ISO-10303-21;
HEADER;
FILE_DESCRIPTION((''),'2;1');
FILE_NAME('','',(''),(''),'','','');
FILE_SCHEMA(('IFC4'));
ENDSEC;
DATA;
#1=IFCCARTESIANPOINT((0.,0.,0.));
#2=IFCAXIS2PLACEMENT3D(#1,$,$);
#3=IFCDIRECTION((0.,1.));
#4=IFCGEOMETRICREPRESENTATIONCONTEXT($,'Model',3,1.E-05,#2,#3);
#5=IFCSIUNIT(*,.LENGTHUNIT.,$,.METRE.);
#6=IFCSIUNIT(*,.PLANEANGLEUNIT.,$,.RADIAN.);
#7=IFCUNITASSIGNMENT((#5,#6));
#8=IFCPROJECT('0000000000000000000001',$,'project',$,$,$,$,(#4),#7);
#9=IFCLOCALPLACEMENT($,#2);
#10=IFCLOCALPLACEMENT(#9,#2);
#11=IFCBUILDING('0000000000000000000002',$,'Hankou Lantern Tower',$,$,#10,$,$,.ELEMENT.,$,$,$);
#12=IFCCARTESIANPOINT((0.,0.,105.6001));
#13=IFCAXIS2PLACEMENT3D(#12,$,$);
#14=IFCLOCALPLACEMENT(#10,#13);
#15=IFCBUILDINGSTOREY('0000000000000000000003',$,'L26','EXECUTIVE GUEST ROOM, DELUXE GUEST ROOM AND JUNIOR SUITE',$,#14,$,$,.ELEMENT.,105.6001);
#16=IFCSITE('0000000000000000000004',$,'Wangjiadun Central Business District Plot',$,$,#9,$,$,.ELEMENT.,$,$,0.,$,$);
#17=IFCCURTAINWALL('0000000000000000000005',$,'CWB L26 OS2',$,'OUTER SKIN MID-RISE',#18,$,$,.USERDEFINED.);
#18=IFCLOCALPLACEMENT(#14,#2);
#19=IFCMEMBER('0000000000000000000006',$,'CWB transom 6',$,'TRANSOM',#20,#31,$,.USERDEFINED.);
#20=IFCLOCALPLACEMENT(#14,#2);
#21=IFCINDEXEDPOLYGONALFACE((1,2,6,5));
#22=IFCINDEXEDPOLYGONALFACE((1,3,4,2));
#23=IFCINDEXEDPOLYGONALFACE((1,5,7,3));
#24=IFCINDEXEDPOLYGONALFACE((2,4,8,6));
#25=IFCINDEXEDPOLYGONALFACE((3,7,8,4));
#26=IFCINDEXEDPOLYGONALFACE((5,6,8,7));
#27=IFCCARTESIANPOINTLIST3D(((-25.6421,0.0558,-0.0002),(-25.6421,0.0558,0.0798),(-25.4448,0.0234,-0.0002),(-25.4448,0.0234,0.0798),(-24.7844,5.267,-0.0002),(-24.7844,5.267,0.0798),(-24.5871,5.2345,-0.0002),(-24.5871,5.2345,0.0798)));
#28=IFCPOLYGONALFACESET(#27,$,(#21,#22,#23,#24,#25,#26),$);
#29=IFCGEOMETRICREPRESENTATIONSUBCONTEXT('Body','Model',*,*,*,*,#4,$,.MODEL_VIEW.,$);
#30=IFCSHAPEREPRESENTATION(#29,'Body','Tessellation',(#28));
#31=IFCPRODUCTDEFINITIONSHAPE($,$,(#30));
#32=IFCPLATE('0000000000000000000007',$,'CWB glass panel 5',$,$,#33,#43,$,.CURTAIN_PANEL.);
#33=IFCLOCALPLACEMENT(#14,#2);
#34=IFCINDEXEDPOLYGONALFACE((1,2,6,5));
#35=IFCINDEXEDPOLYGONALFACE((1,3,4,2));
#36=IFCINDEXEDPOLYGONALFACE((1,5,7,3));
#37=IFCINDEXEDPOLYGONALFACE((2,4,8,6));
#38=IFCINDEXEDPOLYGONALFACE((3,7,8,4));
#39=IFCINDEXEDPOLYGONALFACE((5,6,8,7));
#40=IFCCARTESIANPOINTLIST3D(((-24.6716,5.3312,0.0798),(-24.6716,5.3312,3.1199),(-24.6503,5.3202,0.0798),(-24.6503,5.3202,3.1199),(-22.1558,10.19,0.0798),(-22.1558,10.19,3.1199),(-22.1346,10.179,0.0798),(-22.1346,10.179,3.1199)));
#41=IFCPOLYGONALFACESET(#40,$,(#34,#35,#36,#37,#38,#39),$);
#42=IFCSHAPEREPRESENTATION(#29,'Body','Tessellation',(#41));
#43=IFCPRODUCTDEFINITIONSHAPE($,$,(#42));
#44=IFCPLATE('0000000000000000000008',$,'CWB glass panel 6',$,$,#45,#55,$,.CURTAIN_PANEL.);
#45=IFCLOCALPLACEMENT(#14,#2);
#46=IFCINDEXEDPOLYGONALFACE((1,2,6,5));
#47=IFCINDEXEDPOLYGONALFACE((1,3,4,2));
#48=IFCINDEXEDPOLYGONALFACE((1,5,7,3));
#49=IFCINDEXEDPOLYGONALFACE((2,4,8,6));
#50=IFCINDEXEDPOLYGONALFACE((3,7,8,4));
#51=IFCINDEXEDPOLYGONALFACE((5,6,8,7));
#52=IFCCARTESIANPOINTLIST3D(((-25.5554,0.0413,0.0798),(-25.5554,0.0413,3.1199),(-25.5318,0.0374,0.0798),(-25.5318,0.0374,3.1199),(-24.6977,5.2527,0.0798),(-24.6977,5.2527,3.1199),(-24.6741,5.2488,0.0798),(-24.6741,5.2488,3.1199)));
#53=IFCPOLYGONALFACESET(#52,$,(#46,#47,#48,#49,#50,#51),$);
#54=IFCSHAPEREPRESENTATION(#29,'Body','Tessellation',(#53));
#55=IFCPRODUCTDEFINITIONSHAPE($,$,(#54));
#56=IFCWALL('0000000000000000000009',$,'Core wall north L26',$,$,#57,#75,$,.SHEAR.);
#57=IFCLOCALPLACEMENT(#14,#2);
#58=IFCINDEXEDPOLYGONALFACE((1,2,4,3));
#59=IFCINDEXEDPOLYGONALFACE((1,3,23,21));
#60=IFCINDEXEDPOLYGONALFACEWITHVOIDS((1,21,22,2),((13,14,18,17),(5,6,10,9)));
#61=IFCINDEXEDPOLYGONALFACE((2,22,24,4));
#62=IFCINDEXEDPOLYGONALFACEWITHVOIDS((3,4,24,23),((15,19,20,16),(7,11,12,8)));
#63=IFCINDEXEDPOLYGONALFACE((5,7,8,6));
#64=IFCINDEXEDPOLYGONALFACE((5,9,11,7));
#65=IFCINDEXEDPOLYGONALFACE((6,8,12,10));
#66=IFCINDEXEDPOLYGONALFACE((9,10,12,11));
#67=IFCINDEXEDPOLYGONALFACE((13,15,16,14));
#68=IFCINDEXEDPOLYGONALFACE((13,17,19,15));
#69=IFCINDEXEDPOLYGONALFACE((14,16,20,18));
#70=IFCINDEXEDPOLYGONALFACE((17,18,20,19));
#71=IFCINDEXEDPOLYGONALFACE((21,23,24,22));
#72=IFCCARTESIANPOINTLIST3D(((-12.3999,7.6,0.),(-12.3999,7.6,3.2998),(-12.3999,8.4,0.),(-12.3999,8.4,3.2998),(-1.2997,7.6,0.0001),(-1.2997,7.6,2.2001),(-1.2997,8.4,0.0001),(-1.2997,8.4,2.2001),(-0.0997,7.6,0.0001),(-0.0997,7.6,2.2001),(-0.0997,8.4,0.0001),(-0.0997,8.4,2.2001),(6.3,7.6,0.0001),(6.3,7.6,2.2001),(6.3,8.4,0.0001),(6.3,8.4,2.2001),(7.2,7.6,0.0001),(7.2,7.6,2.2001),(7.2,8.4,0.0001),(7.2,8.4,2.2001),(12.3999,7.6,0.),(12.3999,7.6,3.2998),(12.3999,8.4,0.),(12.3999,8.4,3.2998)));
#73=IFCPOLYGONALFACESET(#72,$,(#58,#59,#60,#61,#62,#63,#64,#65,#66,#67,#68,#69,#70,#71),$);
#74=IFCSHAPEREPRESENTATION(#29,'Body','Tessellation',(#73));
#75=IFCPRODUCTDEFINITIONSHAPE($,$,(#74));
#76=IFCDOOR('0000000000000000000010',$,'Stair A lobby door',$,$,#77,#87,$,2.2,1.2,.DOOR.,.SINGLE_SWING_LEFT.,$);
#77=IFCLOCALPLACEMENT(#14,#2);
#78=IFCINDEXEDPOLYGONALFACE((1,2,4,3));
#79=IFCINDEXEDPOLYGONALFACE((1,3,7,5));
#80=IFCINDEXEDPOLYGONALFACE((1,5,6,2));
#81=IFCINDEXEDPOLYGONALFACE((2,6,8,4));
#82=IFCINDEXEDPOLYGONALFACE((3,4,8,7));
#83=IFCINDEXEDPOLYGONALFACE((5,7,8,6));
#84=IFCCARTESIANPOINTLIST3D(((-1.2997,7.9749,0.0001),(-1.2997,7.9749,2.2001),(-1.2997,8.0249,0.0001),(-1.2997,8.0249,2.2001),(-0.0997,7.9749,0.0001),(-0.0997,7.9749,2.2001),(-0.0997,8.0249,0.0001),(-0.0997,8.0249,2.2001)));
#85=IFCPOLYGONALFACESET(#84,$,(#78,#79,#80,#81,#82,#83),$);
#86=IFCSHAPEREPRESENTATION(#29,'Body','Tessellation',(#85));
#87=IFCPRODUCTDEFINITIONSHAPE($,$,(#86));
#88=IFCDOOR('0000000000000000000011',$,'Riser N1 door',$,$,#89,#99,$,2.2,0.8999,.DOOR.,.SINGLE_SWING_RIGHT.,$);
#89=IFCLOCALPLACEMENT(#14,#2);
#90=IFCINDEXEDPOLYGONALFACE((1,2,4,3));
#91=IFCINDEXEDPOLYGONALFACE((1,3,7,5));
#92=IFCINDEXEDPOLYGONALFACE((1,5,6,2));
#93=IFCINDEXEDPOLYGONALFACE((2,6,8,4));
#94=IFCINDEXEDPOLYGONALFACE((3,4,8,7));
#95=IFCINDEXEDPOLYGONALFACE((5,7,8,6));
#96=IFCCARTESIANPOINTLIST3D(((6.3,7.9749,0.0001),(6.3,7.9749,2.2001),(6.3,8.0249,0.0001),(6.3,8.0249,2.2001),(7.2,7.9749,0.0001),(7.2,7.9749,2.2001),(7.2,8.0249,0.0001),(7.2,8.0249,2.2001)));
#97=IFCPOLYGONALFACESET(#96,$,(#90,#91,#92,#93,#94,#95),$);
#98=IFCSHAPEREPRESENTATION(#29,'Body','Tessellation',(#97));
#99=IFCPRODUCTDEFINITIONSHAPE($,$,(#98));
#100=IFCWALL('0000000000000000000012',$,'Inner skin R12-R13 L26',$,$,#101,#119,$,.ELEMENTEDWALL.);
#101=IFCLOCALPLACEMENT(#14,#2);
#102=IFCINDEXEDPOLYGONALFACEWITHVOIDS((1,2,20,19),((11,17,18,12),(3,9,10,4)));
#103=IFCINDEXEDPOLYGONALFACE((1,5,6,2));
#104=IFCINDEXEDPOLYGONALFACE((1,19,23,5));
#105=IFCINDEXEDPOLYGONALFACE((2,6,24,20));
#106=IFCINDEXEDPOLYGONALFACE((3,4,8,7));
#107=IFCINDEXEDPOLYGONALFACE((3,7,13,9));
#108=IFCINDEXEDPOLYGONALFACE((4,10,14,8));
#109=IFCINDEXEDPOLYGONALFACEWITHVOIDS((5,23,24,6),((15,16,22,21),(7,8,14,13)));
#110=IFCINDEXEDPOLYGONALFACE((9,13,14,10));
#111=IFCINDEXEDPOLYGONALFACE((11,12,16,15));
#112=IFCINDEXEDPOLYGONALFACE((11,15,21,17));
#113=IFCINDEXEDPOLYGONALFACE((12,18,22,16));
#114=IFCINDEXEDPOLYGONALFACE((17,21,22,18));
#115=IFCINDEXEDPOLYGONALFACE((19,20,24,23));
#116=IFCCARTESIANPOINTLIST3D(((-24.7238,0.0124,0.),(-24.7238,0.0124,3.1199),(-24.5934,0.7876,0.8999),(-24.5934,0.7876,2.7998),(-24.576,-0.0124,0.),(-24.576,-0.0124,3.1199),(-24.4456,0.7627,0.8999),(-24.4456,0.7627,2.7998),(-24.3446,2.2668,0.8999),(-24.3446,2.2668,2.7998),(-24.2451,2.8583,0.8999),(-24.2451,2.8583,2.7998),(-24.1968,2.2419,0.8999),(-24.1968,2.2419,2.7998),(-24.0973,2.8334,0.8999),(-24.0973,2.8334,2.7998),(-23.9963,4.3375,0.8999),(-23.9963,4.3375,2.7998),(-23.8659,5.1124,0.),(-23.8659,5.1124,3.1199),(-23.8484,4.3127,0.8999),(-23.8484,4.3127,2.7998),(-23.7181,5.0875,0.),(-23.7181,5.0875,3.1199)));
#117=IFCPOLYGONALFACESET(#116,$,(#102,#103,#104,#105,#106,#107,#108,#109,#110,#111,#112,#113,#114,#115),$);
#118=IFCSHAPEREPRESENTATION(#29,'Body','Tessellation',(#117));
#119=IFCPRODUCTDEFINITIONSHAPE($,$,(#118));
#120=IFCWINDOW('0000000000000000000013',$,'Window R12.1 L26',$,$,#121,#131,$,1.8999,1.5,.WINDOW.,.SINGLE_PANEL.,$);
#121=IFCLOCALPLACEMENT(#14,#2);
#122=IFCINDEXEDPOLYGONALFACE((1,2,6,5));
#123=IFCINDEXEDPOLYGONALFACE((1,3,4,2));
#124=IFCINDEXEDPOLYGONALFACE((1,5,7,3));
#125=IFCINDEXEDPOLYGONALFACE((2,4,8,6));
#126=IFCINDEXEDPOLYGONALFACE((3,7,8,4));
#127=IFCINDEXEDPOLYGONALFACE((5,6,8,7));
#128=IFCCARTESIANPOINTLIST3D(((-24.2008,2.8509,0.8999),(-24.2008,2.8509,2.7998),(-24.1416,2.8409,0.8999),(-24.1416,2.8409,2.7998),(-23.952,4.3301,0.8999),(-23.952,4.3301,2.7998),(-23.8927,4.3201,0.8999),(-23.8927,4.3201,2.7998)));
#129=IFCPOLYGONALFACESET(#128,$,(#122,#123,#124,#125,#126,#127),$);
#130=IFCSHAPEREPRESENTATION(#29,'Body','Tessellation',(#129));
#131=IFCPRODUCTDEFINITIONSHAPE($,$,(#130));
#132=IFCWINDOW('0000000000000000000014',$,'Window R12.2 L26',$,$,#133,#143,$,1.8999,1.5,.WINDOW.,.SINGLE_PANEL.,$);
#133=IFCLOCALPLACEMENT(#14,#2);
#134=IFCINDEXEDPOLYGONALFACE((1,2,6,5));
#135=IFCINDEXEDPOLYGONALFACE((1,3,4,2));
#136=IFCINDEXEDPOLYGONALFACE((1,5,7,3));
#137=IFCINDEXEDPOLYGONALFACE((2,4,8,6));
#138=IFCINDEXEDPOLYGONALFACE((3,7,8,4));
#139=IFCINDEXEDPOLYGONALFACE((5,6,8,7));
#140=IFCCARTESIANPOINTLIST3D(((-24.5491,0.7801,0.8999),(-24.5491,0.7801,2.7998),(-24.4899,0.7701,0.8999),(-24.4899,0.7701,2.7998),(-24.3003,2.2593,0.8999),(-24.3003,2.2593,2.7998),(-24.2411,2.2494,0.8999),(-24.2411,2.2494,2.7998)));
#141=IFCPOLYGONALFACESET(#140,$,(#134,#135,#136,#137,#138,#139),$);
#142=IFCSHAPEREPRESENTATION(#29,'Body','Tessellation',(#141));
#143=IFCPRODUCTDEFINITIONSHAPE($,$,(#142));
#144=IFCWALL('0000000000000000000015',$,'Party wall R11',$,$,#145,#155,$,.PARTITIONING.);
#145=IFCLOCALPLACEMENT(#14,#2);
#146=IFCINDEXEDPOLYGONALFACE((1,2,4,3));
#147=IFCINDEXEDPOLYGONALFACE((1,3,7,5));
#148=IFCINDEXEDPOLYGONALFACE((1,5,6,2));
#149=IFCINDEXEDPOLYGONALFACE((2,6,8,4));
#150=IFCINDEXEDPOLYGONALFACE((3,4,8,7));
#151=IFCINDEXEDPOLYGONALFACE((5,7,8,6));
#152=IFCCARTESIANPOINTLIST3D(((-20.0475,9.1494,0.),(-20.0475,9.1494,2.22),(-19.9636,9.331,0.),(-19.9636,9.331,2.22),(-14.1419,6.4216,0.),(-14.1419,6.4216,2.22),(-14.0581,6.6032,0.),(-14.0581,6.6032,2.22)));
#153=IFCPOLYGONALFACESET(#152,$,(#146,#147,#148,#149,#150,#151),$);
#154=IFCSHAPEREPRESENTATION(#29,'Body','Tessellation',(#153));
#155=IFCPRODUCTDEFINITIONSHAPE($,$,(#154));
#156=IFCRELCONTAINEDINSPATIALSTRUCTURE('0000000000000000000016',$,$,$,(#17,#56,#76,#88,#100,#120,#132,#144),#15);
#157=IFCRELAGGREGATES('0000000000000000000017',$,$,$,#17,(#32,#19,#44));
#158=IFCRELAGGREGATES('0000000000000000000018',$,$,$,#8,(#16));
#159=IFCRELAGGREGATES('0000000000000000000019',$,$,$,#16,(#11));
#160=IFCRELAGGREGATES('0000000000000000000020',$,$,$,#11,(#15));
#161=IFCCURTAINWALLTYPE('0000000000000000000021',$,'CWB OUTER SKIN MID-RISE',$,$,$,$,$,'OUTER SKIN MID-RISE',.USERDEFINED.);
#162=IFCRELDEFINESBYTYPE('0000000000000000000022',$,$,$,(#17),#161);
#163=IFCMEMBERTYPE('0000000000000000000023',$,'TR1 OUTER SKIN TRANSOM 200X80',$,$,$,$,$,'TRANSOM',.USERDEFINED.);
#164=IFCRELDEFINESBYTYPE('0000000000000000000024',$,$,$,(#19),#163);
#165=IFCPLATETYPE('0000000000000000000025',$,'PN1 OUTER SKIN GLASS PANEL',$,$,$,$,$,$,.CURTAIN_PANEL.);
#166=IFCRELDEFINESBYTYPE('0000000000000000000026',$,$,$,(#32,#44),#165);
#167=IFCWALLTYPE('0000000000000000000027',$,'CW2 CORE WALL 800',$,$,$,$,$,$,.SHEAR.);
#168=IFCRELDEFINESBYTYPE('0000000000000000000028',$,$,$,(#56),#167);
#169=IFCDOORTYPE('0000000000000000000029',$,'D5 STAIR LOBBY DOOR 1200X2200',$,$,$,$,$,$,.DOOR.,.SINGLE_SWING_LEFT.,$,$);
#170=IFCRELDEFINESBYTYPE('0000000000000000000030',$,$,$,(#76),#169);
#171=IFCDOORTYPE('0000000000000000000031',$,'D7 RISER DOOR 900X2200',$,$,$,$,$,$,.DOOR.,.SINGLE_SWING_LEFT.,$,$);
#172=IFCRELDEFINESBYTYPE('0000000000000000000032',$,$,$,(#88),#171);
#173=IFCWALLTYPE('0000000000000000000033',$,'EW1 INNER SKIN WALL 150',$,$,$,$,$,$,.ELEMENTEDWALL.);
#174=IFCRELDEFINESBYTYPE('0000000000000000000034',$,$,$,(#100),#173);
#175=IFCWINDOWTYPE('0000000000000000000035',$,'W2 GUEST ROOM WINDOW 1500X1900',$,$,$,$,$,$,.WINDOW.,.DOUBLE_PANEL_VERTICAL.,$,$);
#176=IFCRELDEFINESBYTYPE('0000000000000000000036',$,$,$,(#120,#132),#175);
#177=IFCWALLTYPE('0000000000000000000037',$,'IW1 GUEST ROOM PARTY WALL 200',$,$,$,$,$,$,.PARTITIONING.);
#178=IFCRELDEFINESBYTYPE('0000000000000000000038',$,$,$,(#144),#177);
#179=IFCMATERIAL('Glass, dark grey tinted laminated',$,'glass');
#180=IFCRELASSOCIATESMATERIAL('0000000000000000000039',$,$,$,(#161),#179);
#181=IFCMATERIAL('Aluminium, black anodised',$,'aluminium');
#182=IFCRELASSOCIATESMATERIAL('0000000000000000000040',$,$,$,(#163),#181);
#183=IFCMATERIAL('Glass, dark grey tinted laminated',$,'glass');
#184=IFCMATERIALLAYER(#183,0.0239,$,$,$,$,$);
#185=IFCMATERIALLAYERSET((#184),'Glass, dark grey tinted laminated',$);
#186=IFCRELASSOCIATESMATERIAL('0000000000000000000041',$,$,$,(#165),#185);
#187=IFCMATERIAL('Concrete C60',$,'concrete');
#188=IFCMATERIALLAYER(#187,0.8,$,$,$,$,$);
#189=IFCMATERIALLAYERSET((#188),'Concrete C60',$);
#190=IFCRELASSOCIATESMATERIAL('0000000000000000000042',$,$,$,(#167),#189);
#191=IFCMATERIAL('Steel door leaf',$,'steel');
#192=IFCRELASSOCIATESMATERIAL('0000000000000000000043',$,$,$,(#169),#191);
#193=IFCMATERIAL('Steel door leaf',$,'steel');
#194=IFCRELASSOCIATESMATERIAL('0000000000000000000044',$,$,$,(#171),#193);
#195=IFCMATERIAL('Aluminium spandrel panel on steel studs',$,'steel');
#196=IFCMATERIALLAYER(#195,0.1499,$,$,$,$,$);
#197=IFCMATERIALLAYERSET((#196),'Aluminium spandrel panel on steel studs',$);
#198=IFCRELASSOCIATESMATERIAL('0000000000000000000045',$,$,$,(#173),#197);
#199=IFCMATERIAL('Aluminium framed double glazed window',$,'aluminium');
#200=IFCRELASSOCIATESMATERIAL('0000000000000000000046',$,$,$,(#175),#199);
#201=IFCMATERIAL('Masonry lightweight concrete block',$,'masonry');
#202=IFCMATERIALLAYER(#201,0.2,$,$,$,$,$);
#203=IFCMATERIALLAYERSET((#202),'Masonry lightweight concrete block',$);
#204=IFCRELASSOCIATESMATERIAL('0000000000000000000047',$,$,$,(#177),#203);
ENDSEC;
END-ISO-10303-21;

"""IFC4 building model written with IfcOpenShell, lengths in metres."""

from ifc_helpers import new_model, si_unit, direction, frame, frame_2d, origin, origin_2d, place, context, subcontext, project, spatial, rectangle, extrude, material, layer, layer_set, material_profile, profile_set, type_object, element, fill, aggregate, save


model = new_model("IFC4")

# Units and contexts
model_context = context("Model", 3, precision=1e-05, world=origin(), true_north=direction((0.0, 1.0)))
body_context = subcontext(model_context, "Body", "Model", "MODEL_VIEW")
ifc_project = project(units=[si_unit("LENGTHUNIT", "METRE"), si_unit("PLANEANGLEUNIT", "RADIAN")], contexts=[model_context])

# Site, building, storey
site_placement = place(None, origin())
site = spatial("IfcSite", under=ifc_project, at=site_placement, Name="Wangjiadun Central Business District Plot", CompositionType="ELEMENT", RefElevation=0.0)
building_placement = place(site_placement, origin())
building = spatial("IfcBuilding", under=site, at=building_placement, Name="Hankou Lantern Tower", CompositionType="ELEMENT")
storey_placement = place(building_placement, frame((0.0, 0.0, 105.6001)))
storey = spatial("IfcBuildingStorey", under=building, at=storey_placement, Name="L26", Description="EXECUTIVE GUEST ROOM, DELUXE GUEST ROOM AND JUNIOR SUITE", CompositionType="ELEMENT", Elevation=105.6001)

# Curtain wall
ifc_material_1 = material(Name="Glass, dark grey tinted laminated", Category="glass")
curtain_wall_type = type_object("IfcCurtainWallType", Name="CWB OUTER SKIN MID-RISE", ElementType="OUTER SKIN MID-RISE", PredefinedType="USERDEFINED", material=ifc_material_1)
curtain_wall_placement = place(storey_placement, origin())
curtain_wall = element("IfcCurtainWall", 1, at=curtain_wall_placement, inside=storey, type_object=curtain_wall_type, Name="CWB L26 OS2", ObjectType="OUTER SKIN MID-RISE", PredefinedType="USERDEFINED")

# Member
ifc_material_2 = material(Name="Aluminium, black anodised", Category="aluminium")
ifc_material_profile_1 = material_profile(ifc_material_2, rectangle(XDim=0.2, YDim=0.0801, at=origin_2d()), Name="TR1 200X80")
ifc_profile_set_1 = profile_set([ifc_material_profile_1], Name="Aluminium, black anodised")
member_type_1 = type_object("IfcMemberType", Name="TR1 OUTER SKIN TRANSOM 200X80", ElementType="TRANSOM", PredefinedType="USERDEFINED", material=ifc_profile_set_1)
member_1_placement = place(storey_placement, frame((-24.6858, 5.2507, 0.0398), z_axis=(-0.162397, -0.986725, 0.0), x_axis=(0.986725, -0.162397, 0.0)))
member_1 = element("IfcMember", 2, at=member_1_placement, type_object=member_type_1, Name="CWB transom 6", ObjectType="TRANSOM", PredefinedType="USERDEFINED", context=body_context, shape_type="SweptSolid", body=[
    extrude(rectangle(XDim=0.2, YDim=0.0801, at=origin_2d()), origin(), (0.0, 0.0, 1.0), 5.2812),
])

# Plates
ifc_material_3 = material(Name="Glass, dark grey tinted laminated", Category="glass")
ifc_layer_1 = layer(ifc_material_3, 0.0239)
ifc_layer_set_1 = layer_set([ifc_layer_1], Name="Glass, dark grey tinted laminated")
plate_type = type_object("IfcPlateType", Name="PN1 OUTER SKIN GLASS PANEL", PredefinedType="CURTAIN_PANEL", material=ifc_layer_set_1)
plate_1_placement = place(storey_placement, frame((-23.4031, 7.7551, 0.0798), z_axis=(0.0, 0.0, 1.0), x_axis=(-0.459791, -0.888027, 0.0)))
plate_1 = element("IfcPlate", 3, at=plate_1_placement, type_object=plate_type, Name="CWB glass panel 5", PredefinedType="CURTAIN_PANEL", context=body_context, shape_type="SweptSolid", body=[
    extrude(rectangle(XDim=5.4714, YDim=0.0239, at=origin_2d()), origin(), (0.0, 0.0, 1.0), 3.04),
])
plate_2_placement = place(storey_placement, frame((-25.1147, 2.645, 0.0798), z_axis=(0.0, 0.0, 1.0), x_axis=(-0.162382, -0.986728, 0.0)))
plate_2 = element("IfcPlate", 4, at=plate_2_placement, type_object=plate_type, Name="CWB glass panel 6", PredefinedType="CURTAIN_PANEL", context=body_context, shape_type="SweptSolid", body=[
    extrude(rectangle(XDim=5.2815, YDim=0.0239, at=origin_2d()), origin(), (0.0, 0.0, 1.0), 3.04),
])
aggregate(curtain_wall, [plate_1, member_1, plate_2])

# Wall, openings, doors
ifc_material_4 = material(Name="Concrete C60", Category="concrete")
ifc_layer_2 = layer(ifc_material_4, 0.8)
ifc_layer_set_2 = layer_set([ifc_layer_2], Name="Concrete C60")
wall_type_1 = type_object("IfcWallType", Name="CW2 CORE WALL 800", PredefinedType="SHEAR", material=ifc_layer_set_2)
wall_1_placement = place(storey_placement, frame((-12.3999, 8.0, 0.0), z_axis=(0.0, 0.0, 1.0), x_axis=(1.0, 0.0, 0.0)))
wall_1 = element("IfcWall", 5, at=wall_1_placement, inside=storey, type_object=wall_type_1, Name="Core wall north L26", PredefinedType="SHEAR", context=body_context, shape_type="SweptSolid", body=[
    extrude(rectangle(XDim=24.7998, YDim=0.8, at=frame_2d((12.3999, 0.0))), origin(), (0.0, 0.0, 1.0), 3.2998),
])
opening_1_placement = place(wall_1_placement, frame((11.1001, 0.0, 0.0)))
opening_1 = element("IfcOpeningElement", 6, at=opening_1_placement, cuts=wall_1, PredefinedType="OPENING", context=body_context, shape_type="SweptSolid", body=[
    extrude(rectangle(XDim=1.2, YDim=2.2, at=frame_2d((0.6001, 1.1001))), frame((0.0, 0.4099, 0.0), z_axis=(0.0, -1.0, 0.0), x_axis=(1.0, 0.0, 0.0)), (0.0, 0.0, 1.0), 0.8201),
])
opening_2_placement = place(wall_1_placement, frame((18.7, 0.0, 0.0)))
opening_2 = element("IfcOpeningElement", 7, at=opening_2_placement, cuts=wall_1, PredefinedType="OPENING", context=body_context, shape_type="SweptSolid", body=[
    extrude(rectangle(XDim=0.8999, YDim=2.2, at=frame_2d((0.45, 1.1001))), frame((0.0, 0.4099, 0.0), z_axis=(0.0, -1.0, 0.0), x_axis=(1.0, 0.0, 0.0)), (0.0, 0.0, 1.0), 0.8201),
])
ifc_material_5 = material(Name="Steel door leaf", Category="steel")
door_type_1 = type_object("IfcDoorType", Name="D5 STAIR LOBBY DOOR 1200X2200", OperationType="SINGLE_SWING_LEFT", PredefinedType="DOOR", material=ifc_material_5)
door_1_placement = place(opening_1_placement, origin())
door_1 = element("IfcDoor", 8, at=door_1_placement, inside=storey, type_object=door_type_1, Name="Stair A lobby door", OperationType="SINGLE_SWING_LEFT", OverallHeight=2.2, OverallWidth=1.2, PredefinedType="DOOR", context=body_context, shape_type="SweptSolid", body=[
    extrude(rectangle(XDim=1.2, YDim=2.2, at=frame_2d((0.6001, 1.1001))), frame((0.0, 0.0249, 0.0), z_axis=(0.0, -1.0, 0.0), x_axis=(1.0, 0.0, 0.0)), (0.0, 0.0, 1.0), 0.05),
])
fill(opening_1, door_1)
ifc_material_6 = material(Name="Steel door leaf", Category="steel")
door_type_2 = type_object("IfcDoorType", Name="D7 RISER DOOR 900X2200", OperationType="SINGLE_SWING_LEFT", PredefinedType="DOOR", material=ifc_material_6)
door_2_placement = place(opening_2_placement, origin())
door_2 = element("IfcDoor", 9, at=door_2_placement, inside=storey, type_object=door_type_2, Name="Riser N1 door", OperationType="SINGLE_SWING_RIGHT", OverallHeight=2.2, OverallWidth=0.8999, PredefinedType="DOOR", context=body_context, shape_type="SweptSolid", body=[
    extrude(rectangle(XDim=0.8999, YDim=2.2, at=frame_2d((0.45, 1.1001))), frame((0.0, 0.0249, 0.0), z_axis=(0.0, -1.0, 0.0), x_axis=(1.0, 0.0, 0.0)), (0.0, 0.0, 1.0), 0.05),
])
fill(opening_2, door_2)

# Wall, openings, windows
ifc_material_7 = material(Name="Aluminium spandrel panel on steel studs", Category="steel")
ifc_layer_3 = layer(ifc_material_7, 0.1499)
ifc_layer_set_3 = layer_set([ifc_layer_3], Name="Aluminium spandrel panel on steel studs")
wall_type_2 = type_object("IfcWallType", Name="EW1 INNER SKIN WALL 150", PredefinedType="ELEMENTEDWALL", material=ifc_layer_set_3)
wall_2_placement = place(storey_placement, frame((-23.792, 5.1001, 0.0), z_axis=(0.0, 0.0, 1.0), x_axis=(-0.165884, -0.986145, 0.0)))
wall_2 = element("IfcWall", 10, at=wall_2_placement, inside=storey, type_object=wall_type_2, Name="Inner skin R12-R13 L26", PredefinedType="ELEMENTEDWALL", context=body_context, shape_type="SweptSolid", body=[
    extrude(rectangle(XDim=5.1716, YDim=0.1499, at=frame_2d((2.5859, 0.0))), origin(), (0.0, 0.0, 1.0), 3.1199),
])
opening_3_placement = place(wall_2_placement, frame((0.7859, 0.0, 0.8999)))
opening_3 = element("IfcOpeningElement", 11, at=opening_3_placement, cuts=wall_2, PredefinedType="OPENING", context=body_context, shape_type="SweptSolid", body=[
    extrude(rectangle(XDim=1.5, YDim=1.8999, at=frame_2d((0.75, 0.95))), frame((0.0, 0.085, 0.0), z_axis=(0.0, -1.0, 0.0), x_axis=(1.0, 0.0, 0.0)), (0.0, 0.0, 1.0), 0.1699),
])
opening_4_placement = place(wall_2_placement, frame((2.8857, 0.0, 0.8999)))
opening_4 = element("IfcOpeningElement", 12, at=opening_4_placement, cuts=wall_2, PredefinedType="OPENING", context=body_context, shape_type="SweptSolid", body=[
    extrude(rectangle(XDim=1.5, YDim=1.8999, at=frame_2d((0.75, 0.95))), frame((0.0, 0.085, 0.0), z_axis=(0.0, -1.0, 0.0), x_axis=(1.0, 0.0, 0.0)), (0.0, 0.0, 1.0), 0.1699),
])
ifc_material_8 = material(Name="Aluminium framed double glazed window", Category="aluminium")
window_type = type_object("IfcWindowType", Name="W2 GUEST ROOM WINDOW 1500X1900", PartitioningType="DOUBLE_PANEL_VERTICAL", PredefinedType="WINDOW", material=ifc_material_8)
window_1_placement = place(opening_3_placement, origin())
window_1 = element("IfcWindow", 13, at=window_1_placement, inside=storey, type_object=window_type, Name="Window R12.1 L26", OverallHeight=1.8999, OverallWidth=1.5, PartitioningType="SINGLE_PANEL", PredefinedType="WINDOW", context=body_context, shape_type="SweptSolid", body=[
    extrude(rectangle(XDim=1.5, YDim=1.8999, at=frame_2d((0.75, 0.95))), frame((0.0, 0.03, 0.0), z_axis=(0.0, -1.0, 0.0), x_axis=(1.0, 0.0, 0.0)), (0.0, 0.0, 1.0), 0.0601),
])
fill(opening_3, window_1)
window_2_placement = place(opening_4_placement, origin())
window_2 = element("IfcWindow", 14, at=window_2_placement, inside=storey, type_object=window_type, Name="Window R12.2 L26", OverallHeight=1.8999, OverallWidth=1.5, PartitioningType="SINGLE_PANEL", PredefinedType="WINDOW", context=body_context, shape_type="SweptSolid", body=[
    extrude(rectangle(XDim=1.5, YDim=1.8999, at=frame_2d((0.75, 0.95))), frame((0.0, 0.03, 0.0), z_axis=(0.0, -1.0, 0.0), x_axis=(1.0, 0.0, 0.0)), (0.0, 0.0, 1.0), 0.0601),
])
fill(opening_4, window_2)

# Wall
ifc_material_9 = material(Name="Masonry lightweight concrete block", Category="masonry")
ifc_layer_4 = layer(ifc_material_9, 0.2)
ifc_layer_set_4 = layer_set([ifc_layer_4], Name="Masonry lightweight concrete block")
wall_type_3 = type_object("IfcWallType", Name="IW1 GUEST ROOM PARTY WALL 200", PredefinedType="PARTITIONING", material=ifc_layer_set_4)
wall_3_placement = place(storey_placement, frame((-14.1001, 6.5125, 0.0), z_axis=(0.0, 0.0, 1.0), x_axis=(-0.907833, 0.419332, 0.0)))
element("IfcWall", 15, at=wall_3_placement, inside=storey, type_object=wall_type_3, Name="Party wall R11", PredefinedType="PARTITIONING", context=body_context, shape_type="SweptSolid", body=[
    extrude(rectangle(XDim=6.5051, YDim=0.2, at=frame_2d((3.2524, 0.0))), origin(), (0.0, 0.0, 1.0), 2.22),
])

save(model, "model.ifc")
